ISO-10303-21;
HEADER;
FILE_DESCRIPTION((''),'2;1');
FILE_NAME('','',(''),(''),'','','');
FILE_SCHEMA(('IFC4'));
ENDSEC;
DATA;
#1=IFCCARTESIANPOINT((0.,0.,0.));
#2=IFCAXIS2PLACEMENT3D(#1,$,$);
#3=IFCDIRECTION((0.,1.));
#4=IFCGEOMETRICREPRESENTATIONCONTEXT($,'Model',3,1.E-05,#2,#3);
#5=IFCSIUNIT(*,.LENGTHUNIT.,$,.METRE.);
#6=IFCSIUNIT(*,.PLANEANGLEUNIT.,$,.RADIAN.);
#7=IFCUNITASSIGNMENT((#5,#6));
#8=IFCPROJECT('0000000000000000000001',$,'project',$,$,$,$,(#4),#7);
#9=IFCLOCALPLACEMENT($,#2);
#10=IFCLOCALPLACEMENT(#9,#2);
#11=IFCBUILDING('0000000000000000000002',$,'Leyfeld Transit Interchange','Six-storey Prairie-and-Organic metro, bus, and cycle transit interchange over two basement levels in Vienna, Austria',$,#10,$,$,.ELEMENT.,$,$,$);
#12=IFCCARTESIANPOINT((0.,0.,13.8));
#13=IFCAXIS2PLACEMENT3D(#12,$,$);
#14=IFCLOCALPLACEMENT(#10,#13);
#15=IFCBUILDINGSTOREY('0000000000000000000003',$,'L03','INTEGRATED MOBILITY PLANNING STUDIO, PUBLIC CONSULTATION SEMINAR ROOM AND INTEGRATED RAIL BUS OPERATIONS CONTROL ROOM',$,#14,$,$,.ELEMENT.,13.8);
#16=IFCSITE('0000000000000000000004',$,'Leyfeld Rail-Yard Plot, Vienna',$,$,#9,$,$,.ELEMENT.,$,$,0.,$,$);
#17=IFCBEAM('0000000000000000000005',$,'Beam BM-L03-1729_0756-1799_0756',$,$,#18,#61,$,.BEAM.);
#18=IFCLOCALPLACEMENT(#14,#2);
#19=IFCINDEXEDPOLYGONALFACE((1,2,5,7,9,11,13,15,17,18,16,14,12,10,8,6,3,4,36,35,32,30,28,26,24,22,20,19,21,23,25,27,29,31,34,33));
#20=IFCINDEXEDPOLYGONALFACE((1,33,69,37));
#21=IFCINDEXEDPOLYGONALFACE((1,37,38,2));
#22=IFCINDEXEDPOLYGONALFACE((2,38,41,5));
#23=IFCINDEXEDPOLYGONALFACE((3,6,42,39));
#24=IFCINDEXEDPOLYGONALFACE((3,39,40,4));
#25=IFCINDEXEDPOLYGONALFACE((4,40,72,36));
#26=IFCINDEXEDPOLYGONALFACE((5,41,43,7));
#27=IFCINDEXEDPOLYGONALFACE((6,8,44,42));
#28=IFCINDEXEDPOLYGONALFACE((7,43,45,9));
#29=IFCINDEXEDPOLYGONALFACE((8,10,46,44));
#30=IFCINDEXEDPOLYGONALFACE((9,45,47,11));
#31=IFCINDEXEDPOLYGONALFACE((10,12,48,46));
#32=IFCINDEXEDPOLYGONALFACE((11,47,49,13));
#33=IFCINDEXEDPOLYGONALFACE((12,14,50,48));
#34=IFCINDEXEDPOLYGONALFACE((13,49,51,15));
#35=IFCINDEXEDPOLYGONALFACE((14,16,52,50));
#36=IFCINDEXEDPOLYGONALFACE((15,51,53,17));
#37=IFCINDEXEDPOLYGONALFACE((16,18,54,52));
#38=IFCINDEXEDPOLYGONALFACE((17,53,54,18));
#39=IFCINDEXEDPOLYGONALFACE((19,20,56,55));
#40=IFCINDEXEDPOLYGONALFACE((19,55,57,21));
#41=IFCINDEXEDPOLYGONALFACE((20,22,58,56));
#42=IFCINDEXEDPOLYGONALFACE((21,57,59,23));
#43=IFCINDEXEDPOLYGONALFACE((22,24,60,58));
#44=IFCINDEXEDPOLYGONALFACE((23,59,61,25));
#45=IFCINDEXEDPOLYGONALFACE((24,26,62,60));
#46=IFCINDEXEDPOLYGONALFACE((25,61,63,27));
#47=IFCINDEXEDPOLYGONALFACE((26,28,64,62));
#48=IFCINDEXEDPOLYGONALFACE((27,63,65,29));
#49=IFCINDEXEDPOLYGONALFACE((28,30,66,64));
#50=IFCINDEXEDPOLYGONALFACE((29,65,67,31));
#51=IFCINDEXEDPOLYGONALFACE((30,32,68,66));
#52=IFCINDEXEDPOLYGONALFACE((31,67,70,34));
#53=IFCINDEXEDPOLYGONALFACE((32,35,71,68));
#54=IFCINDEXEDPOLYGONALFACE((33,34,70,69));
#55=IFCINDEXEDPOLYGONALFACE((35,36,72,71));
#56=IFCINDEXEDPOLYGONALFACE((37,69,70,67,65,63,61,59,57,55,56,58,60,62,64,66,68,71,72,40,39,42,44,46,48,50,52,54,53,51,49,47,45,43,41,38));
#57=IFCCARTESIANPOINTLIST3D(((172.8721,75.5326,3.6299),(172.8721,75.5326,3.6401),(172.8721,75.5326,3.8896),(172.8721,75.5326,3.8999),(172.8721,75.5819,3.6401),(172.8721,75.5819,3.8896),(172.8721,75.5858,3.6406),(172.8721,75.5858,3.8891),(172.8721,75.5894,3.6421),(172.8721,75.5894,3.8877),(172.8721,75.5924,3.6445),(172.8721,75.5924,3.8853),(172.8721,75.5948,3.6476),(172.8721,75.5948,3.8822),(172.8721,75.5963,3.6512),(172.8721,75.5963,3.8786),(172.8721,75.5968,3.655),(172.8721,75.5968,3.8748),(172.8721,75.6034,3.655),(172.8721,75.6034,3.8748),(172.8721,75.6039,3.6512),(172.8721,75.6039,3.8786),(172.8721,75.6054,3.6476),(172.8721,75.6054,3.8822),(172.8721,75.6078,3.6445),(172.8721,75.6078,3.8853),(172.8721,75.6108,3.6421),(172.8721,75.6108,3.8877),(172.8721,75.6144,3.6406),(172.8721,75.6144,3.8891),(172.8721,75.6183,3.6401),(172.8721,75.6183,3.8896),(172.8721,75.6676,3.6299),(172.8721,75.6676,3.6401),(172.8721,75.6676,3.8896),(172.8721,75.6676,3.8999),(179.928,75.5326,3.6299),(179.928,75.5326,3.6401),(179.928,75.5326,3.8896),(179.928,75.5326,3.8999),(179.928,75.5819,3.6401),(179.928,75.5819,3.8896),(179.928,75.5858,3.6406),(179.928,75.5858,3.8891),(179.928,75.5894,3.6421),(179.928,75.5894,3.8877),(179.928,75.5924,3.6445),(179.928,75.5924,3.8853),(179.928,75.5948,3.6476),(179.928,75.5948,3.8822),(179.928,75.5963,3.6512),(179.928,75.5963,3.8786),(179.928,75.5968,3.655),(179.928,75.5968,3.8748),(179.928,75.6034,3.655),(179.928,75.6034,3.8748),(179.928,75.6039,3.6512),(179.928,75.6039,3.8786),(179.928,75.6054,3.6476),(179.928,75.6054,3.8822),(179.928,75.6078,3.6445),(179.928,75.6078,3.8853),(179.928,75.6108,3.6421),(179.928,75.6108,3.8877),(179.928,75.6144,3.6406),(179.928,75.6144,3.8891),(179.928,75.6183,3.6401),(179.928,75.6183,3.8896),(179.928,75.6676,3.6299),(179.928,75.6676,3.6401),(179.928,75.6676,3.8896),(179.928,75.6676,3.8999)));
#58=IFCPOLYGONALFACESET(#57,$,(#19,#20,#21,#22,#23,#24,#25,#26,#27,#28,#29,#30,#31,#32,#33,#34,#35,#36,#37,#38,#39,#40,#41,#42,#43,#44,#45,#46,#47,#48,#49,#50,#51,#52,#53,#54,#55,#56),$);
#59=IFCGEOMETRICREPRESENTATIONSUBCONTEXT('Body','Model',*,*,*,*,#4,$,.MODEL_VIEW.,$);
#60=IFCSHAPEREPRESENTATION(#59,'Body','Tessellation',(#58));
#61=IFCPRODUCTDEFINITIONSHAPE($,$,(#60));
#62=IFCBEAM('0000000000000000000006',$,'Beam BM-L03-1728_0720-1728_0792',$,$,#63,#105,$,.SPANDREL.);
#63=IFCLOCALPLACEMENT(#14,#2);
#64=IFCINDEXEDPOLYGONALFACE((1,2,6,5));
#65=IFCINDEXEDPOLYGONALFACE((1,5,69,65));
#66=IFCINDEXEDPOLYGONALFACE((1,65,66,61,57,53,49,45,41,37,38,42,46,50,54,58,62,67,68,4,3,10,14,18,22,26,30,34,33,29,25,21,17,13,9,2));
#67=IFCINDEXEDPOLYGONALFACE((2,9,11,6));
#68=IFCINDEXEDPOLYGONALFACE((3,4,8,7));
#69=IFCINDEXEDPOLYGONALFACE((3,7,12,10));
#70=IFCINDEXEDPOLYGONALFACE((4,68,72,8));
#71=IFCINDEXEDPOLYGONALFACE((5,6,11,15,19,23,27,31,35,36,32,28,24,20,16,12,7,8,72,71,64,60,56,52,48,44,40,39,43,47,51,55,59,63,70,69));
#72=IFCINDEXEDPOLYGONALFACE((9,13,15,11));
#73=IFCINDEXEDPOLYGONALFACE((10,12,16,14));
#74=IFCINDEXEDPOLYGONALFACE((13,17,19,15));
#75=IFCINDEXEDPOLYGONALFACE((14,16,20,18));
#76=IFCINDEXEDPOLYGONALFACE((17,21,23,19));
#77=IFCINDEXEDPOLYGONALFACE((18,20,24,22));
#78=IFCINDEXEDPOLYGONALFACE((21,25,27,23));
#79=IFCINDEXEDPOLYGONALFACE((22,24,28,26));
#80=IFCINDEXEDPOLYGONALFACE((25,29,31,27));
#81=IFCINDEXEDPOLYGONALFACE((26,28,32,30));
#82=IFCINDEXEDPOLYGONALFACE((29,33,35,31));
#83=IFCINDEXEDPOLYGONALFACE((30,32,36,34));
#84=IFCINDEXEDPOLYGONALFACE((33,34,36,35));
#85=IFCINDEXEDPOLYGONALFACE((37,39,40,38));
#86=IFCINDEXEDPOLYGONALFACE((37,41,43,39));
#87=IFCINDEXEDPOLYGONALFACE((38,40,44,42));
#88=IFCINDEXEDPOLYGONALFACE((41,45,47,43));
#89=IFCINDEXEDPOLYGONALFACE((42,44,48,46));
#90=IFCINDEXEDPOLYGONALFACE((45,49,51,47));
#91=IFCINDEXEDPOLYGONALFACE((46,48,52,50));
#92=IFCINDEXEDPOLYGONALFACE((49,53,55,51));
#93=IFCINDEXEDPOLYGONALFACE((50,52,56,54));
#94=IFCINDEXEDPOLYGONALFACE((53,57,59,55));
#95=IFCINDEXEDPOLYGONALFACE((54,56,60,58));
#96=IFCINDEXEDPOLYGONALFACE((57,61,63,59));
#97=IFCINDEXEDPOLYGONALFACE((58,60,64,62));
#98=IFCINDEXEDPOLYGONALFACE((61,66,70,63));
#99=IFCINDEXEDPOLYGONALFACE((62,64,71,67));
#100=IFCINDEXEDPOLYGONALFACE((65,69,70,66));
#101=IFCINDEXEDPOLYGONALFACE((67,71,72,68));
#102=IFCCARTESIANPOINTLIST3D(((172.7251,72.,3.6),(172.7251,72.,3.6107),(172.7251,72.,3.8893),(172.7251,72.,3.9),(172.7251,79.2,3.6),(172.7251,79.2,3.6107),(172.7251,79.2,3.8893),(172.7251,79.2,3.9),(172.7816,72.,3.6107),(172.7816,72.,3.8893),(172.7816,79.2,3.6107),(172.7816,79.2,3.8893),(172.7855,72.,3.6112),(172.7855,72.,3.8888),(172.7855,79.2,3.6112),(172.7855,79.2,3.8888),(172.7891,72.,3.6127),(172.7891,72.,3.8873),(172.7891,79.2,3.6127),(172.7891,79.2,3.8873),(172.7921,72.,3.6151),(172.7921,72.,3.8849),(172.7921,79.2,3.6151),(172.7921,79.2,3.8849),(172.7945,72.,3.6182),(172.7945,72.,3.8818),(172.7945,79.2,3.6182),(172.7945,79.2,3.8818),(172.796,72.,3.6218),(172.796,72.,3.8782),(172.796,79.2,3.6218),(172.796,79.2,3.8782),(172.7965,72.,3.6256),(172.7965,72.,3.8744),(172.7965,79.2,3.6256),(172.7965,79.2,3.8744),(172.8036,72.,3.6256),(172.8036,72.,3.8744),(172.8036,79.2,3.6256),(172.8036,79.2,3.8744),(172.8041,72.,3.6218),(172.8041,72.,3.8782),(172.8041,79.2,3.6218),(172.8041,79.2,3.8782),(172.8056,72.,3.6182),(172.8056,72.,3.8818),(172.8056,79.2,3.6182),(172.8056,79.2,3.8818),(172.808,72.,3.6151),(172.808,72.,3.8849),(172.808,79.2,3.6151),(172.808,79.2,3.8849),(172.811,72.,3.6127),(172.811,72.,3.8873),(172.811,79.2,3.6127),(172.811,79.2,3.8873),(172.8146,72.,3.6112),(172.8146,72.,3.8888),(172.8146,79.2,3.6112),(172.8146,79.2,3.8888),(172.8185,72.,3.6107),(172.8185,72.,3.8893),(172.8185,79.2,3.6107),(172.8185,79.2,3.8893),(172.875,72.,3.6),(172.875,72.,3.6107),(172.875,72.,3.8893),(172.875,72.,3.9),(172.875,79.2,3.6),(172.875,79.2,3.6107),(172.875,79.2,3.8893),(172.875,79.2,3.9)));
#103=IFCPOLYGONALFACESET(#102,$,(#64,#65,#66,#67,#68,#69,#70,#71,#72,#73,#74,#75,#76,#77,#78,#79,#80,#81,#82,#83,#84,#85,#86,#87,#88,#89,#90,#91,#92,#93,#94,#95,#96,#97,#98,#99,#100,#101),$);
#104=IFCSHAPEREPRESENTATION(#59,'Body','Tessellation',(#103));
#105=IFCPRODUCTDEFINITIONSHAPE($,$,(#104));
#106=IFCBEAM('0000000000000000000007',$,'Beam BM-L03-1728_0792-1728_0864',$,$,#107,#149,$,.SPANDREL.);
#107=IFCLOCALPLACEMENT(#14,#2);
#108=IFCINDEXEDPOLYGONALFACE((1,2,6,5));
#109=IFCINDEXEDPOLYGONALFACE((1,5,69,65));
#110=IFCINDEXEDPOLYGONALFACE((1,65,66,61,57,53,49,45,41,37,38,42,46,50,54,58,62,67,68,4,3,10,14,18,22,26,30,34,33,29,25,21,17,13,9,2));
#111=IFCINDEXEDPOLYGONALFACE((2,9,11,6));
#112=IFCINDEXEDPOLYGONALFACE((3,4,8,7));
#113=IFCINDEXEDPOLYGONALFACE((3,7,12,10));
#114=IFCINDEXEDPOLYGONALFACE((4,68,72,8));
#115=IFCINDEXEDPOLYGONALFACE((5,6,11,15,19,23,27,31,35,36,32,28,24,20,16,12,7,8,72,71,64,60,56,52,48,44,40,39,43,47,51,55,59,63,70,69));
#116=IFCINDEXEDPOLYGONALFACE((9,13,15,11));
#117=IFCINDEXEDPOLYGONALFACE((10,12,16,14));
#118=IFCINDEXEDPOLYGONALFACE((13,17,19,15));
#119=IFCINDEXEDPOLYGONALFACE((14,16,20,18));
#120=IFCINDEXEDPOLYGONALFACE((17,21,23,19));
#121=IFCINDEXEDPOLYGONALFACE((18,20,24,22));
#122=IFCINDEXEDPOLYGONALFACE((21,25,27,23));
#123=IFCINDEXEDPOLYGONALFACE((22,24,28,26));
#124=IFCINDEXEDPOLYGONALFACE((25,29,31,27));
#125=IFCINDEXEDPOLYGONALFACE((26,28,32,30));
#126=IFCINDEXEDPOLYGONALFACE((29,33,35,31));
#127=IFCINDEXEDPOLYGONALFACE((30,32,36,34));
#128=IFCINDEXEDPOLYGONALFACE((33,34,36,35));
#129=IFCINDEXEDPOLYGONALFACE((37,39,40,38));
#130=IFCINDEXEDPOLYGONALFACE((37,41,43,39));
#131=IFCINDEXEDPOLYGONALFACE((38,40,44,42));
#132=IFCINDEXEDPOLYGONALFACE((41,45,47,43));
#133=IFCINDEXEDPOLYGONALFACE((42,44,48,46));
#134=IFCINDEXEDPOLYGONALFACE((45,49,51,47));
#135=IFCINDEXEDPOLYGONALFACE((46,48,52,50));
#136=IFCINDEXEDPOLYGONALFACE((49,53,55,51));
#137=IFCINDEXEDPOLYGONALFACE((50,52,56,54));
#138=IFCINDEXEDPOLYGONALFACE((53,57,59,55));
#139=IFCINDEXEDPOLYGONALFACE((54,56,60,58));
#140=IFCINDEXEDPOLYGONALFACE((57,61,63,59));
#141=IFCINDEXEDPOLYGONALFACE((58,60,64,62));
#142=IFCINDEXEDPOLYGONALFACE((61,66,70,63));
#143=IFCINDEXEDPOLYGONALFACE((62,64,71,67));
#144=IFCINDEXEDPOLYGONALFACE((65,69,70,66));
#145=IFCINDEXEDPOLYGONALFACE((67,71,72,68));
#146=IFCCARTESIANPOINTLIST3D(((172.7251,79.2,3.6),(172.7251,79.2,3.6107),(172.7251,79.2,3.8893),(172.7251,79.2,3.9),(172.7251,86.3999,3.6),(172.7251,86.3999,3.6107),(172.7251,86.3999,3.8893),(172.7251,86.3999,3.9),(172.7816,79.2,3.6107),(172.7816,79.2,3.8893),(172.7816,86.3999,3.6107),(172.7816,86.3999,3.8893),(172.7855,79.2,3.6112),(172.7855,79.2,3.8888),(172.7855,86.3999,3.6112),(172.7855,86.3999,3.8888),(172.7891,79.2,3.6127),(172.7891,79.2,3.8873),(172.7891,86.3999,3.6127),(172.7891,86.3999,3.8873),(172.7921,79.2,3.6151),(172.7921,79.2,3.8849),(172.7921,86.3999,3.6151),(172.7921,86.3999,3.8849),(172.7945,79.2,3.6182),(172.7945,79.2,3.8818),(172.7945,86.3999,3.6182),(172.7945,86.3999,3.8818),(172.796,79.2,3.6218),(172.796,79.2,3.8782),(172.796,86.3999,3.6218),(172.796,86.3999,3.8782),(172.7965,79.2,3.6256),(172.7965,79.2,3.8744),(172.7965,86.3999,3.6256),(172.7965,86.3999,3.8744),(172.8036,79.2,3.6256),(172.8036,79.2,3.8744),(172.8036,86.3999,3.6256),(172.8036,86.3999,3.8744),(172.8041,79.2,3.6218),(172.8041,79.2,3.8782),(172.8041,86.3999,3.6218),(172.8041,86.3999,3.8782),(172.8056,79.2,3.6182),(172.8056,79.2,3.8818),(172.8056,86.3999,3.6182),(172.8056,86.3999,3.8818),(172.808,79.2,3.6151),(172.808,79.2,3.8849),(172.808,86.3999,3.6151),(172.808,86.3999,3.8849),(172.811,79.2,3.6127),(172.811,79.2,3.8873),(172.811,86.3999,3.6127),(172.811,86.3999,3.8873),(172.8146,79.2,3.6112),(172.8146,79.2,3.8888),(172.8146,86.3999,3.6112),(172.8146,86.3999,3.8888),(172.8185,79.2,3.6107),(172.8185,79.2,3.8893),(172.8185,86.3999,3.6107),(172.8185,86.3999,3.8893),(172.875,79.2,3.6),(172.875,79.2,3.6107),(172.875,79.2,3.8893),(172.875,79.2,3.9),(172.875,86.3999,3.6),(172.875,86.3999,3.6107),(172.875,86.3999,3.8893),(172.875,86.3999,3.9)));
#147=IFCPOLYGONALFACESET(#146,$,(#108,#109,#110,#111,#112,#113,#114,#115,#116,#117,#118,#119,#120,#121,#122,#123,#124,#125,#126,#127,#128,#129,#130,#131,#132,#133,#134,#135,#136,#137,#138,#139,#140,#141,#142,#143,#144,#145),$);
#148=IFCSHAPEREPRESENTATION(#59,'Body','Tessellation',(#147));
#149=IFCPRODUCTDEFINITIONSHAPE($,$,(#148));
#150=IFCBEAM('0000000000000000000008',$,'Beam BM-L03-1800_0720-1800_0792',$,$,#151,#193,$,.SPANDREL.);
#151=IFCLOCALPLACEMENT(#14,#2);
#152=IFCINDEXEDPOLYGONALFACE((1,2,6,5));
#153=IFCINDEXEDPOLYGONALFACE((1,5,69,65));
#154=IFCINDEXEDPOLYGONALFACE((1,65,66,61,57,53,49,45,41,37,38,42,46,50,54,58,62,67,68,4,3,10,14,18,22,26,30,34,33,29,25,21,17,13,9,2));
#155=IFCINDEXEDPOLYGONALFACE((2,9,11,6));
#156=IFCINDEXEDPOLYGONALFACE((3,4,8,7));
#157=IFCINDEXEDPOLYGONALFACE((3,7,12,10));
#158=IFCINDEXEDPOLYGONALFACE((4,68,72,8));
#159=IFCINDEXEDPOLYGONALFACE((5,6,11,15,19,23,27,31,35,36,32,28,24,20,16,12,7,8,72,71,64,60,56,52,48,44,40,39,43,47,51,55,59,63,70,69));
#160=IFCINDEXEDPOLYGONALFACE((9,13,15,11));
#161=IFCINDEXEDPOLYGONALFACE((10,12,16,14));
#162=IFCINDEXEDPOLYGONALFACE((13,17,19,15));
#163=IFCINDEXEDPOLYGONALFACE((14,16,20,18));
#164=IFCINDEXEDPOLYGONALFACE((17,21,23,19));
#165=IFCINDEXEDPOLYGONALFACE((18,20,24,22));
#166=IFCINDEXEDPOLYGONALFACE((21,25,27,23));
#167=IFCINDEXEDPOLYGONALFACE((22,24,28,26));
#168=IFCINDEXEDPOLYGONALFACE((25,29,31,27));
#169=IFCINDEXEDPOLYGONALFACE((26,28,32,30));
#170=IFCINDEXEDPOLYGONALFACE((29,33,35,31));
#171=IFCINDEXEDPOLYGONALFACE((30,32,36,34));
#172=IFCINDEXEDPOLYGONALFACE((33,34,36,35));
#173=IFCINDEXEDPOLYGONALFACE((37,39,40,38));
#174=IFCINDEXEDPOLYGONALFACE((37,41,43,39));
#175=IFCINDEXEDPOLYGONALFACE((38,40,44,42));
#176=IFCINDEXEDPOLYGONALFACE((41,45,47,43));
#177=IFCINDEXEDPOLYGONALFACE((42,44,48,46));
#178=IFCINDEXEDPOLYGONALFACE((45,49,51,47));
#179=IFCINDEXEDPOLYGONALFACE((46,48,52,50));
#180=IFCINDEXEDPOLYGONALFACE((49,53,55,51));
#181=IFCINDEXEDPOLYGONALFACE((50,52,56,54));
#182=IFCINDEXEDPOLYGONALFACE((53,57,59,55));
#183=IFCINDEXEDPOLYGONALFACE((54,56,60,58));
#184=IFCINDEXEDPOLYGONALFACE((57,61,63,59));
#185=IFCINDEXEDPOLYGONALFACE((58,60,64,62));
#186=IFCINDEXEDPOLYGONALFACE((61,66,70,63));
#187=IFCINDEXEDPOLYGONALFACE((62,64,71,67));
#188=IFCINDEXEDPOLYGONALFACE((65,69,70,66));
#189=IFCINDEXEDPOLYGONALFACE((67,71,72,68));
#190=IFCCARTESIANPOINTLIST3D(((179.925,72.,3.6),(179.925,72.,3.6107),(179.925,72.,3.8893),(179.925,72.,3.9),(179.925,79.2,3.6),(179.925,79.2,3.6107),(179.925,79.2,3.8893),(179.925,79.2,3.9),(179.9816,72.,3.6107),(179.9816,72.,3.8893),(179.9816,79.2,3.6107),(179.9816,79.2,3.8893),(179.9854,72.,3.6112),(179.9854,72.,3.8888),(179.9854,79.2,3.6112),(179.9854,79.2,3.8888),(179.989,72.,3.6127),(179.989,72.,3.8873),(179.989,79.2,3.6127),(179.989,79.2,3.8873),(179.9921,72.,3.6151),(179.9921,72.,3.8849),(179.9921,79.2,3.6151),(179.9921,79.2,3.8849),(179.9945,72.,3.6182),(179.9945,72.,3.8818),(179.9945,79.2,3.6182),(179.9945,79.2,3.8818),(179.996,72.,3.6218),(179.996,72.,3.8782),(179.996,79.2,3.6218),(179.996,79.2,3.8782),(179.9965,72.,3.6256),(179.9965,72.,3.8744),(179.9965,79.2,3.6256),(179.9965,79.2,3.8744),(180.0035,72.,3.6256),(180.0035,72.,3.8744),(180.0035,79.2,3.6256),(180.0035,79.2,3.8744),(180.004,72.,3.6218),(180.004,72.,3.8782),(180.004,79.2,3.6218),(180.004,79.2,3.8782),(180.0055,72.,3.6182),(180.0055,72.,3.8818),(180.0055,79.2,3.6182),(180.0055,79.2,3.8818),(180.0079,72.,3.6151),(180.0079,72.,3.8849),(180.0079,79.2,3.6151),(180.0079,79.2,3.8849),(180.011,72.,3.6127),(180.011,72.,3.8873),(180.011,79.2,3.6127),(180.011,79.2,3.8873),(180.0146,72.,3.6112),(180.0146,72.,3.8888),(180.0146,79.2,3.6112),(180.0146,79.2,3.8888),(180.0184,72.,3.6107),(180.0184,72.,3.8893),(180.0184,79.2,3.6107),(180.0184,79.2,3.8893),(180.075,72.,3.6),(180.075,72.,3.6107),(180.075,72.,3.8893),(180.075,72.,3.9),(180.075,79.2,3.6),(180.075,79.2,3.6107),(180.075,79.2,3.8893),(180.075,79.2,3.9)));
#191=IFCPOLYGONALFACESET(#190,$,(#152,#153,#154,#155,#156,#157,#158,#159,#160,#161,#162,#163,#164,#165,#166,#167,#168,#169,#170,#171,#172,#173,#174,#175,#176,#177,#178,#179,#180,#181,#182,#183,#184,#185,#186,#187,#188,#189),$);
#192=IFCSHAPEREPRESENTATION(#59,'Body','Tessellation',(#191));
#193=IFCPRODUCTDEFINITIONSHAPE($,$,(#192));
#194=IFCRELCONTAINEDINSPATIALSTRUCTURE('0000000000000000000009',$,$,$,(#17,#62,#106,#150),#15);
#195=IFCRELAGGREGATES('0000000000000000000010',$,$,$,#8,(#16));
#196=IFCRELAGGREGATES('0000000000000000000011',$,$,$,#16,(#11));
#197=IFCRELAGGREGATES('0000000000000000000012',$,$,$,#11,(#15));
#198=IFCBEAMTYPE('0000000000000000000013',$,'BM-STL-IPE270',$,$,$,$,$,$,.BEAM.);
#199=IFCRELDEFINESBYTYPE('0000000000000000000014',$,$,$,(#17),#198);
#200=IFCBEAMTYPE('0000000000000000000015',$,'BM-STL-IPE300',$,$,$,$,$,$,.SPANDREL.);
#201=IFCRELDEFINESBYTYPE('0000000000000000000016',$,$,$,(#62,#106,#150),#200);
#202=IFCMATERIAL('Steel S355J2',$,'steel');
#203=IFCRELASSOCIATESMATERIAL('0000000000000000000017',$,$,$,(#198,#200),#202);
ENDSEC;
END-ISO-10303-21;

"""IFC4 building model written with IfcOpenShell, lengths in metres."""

from ifc_helpers import new_model, si_unit, direction, frame, origin, origin_2d, place, context, subcontext, project, spatial, i_section, extrude, material, material_profile, profile_set, type_object, element, save


model = new_model("IFC4")

# Units and contexts
model_context = context("Model", 3, precision=1e-05, world=origin(), true_north=direction((0.0, 1.0)))
body_context = subcontext(model_context, "Body", "Model", "MODEL_VIEW")
ifc_project = project(units=[si_unit("LENGTHUNIT", "METRE"), si_unit("PLANEANGLEUNIT", "RADIAN")], contexts=[model_context])

# Site, building, storey
site_placement = place(None, origin())
site = spatial("IfcSite", under=ifc_project, at=site_placement, Name="Leyfeld Rail-Yard Plot, Vienna", CompositionType="ELEMENT", RefElevation=0.0)
building_placement = place(site_placement, origin())
building = spatial("IfcBuilding", under=site, at=building_placement, Name="Leyfeld Transit Interchange", Description="Six-storey Prairie-and-Organic metro, bus, and cycle transit interchange over two basement levels in Vienna, Austria", CompositionType="ELEMENT")
storey_placement = place(building_placement, frame((0.0, 0.0, 13.8)))
storey = spatial("IfcBuildingStorey", under=building, at=storey_placement, Name="L03", Description="INTEGRATED MOBILITY PLANNING STUDIO, PUBLIC CONSULTATION SEMINAR ROOM AND INTEGRATED RAIL BUS OPERATIONS CONTROL ROOM", CompositionType="ELEMENT", Elevation=13.8)

# Shared definitions
ifc_material_1 = material(Name="Steel S355J2", Category="steel")

# Beams
ifc_material_profile_1 = material_profile(ifc_material_1, i_section(OverallWidth=0.135, OverallDepth=0.27, WebThickness=0.0066, FlangeThickness=0.0103, FilletRadius=0.0149, at=origin_2d()), Name="IPE 270")
ifc_profile_set_1 = profile_set([ifc_material_profile_1], Name="Steel S355J2")
beam_type_1 = type_object("IfcBeamType", Name="BM-STL-IPE270", PredefinedType="BEAM", material=ifc_profile_set_1)
beam_placement = place(storey_placement, frame((172.8721, 75.6001, 3.7649), z_axis=(1.0, 0.0, 0.0), x_axis=(0.0, 1.0, 0.0)))
element("IfcBeam", 1, at=beam_placement, inside=storey, type_object=beam_type_1, Name="Beam BM-L03-1729_0756-1799_0756", PredefinedType="BEAM", context=body_context, shape_type="SweptSolid", body=[
    extrude(i_section(OverallWidth=0.135, OverallDepth=0.27, WebThickness=0.0066, FlangeThickness=0.0103, FilletRadius=0.0149, at=origin_2d()), origin(), (0.0, 0.0, 1.0), 7.0559),
])
ifc_material_profile_2 = material_profile(ifc_material_1, i_section(OverallWidth=0.1499, OverallDepth=0.3, WebThickness=0.0071, FlangeThickness=0.0107, FilletRadius=0.0149, at=origin_2d()), Name="IPE 300")
ifc_profile_set_2 = profile_set([ifc_material_profile_2], Name="Steel S355J2")
beam_type_2 = type_object("IfcBeamType", Name="BM-STL-IPE300", PredefinedType="SPANDREL", material=ifc_profile_set_2)
for number, where, z_axis, x_axis, name in (
    (2, (172.8, 72.0, 3.75), (0.0, 1.0, 0.0), (-1.0, 0.0, 0.0), "Beam BM-L03-1728_0720-1728_0792"),
    (3, (172.8, 79.2, 3.75), (0.0, 1.0, 0.0), (-1.0, 0.0, 0.0), "Beam BM-L03-1728_0792-1728_0864"),
    (4, (180.0, 72.0, 3.75), (0.0, 1.0, 0.0), (-1.0, 0.0, 0.0), "Beam BM-L03-1800_0720-1800_0792"),
):
    element("IfcBeam", number, at=place(storey_placement, frame(where, z_axis=z_axis, x_axis=x_axis)), inside=storey, type_object=beam_type_2, Name=name, PredefinedType="SPANDREL", context=body_context, shape_type="SweptSolid", body=[
        extrude(i_section(OverallWidth=0.1499, OverallDepth=0.3, WebThickness=0.0071, FlangeThickness=0.0107, FilletRadius=0.0149, at=origin_2d()), origin(), (0.0, 0.0, 1.0), 7.2),
    ])

save(model, "model.ifc")
